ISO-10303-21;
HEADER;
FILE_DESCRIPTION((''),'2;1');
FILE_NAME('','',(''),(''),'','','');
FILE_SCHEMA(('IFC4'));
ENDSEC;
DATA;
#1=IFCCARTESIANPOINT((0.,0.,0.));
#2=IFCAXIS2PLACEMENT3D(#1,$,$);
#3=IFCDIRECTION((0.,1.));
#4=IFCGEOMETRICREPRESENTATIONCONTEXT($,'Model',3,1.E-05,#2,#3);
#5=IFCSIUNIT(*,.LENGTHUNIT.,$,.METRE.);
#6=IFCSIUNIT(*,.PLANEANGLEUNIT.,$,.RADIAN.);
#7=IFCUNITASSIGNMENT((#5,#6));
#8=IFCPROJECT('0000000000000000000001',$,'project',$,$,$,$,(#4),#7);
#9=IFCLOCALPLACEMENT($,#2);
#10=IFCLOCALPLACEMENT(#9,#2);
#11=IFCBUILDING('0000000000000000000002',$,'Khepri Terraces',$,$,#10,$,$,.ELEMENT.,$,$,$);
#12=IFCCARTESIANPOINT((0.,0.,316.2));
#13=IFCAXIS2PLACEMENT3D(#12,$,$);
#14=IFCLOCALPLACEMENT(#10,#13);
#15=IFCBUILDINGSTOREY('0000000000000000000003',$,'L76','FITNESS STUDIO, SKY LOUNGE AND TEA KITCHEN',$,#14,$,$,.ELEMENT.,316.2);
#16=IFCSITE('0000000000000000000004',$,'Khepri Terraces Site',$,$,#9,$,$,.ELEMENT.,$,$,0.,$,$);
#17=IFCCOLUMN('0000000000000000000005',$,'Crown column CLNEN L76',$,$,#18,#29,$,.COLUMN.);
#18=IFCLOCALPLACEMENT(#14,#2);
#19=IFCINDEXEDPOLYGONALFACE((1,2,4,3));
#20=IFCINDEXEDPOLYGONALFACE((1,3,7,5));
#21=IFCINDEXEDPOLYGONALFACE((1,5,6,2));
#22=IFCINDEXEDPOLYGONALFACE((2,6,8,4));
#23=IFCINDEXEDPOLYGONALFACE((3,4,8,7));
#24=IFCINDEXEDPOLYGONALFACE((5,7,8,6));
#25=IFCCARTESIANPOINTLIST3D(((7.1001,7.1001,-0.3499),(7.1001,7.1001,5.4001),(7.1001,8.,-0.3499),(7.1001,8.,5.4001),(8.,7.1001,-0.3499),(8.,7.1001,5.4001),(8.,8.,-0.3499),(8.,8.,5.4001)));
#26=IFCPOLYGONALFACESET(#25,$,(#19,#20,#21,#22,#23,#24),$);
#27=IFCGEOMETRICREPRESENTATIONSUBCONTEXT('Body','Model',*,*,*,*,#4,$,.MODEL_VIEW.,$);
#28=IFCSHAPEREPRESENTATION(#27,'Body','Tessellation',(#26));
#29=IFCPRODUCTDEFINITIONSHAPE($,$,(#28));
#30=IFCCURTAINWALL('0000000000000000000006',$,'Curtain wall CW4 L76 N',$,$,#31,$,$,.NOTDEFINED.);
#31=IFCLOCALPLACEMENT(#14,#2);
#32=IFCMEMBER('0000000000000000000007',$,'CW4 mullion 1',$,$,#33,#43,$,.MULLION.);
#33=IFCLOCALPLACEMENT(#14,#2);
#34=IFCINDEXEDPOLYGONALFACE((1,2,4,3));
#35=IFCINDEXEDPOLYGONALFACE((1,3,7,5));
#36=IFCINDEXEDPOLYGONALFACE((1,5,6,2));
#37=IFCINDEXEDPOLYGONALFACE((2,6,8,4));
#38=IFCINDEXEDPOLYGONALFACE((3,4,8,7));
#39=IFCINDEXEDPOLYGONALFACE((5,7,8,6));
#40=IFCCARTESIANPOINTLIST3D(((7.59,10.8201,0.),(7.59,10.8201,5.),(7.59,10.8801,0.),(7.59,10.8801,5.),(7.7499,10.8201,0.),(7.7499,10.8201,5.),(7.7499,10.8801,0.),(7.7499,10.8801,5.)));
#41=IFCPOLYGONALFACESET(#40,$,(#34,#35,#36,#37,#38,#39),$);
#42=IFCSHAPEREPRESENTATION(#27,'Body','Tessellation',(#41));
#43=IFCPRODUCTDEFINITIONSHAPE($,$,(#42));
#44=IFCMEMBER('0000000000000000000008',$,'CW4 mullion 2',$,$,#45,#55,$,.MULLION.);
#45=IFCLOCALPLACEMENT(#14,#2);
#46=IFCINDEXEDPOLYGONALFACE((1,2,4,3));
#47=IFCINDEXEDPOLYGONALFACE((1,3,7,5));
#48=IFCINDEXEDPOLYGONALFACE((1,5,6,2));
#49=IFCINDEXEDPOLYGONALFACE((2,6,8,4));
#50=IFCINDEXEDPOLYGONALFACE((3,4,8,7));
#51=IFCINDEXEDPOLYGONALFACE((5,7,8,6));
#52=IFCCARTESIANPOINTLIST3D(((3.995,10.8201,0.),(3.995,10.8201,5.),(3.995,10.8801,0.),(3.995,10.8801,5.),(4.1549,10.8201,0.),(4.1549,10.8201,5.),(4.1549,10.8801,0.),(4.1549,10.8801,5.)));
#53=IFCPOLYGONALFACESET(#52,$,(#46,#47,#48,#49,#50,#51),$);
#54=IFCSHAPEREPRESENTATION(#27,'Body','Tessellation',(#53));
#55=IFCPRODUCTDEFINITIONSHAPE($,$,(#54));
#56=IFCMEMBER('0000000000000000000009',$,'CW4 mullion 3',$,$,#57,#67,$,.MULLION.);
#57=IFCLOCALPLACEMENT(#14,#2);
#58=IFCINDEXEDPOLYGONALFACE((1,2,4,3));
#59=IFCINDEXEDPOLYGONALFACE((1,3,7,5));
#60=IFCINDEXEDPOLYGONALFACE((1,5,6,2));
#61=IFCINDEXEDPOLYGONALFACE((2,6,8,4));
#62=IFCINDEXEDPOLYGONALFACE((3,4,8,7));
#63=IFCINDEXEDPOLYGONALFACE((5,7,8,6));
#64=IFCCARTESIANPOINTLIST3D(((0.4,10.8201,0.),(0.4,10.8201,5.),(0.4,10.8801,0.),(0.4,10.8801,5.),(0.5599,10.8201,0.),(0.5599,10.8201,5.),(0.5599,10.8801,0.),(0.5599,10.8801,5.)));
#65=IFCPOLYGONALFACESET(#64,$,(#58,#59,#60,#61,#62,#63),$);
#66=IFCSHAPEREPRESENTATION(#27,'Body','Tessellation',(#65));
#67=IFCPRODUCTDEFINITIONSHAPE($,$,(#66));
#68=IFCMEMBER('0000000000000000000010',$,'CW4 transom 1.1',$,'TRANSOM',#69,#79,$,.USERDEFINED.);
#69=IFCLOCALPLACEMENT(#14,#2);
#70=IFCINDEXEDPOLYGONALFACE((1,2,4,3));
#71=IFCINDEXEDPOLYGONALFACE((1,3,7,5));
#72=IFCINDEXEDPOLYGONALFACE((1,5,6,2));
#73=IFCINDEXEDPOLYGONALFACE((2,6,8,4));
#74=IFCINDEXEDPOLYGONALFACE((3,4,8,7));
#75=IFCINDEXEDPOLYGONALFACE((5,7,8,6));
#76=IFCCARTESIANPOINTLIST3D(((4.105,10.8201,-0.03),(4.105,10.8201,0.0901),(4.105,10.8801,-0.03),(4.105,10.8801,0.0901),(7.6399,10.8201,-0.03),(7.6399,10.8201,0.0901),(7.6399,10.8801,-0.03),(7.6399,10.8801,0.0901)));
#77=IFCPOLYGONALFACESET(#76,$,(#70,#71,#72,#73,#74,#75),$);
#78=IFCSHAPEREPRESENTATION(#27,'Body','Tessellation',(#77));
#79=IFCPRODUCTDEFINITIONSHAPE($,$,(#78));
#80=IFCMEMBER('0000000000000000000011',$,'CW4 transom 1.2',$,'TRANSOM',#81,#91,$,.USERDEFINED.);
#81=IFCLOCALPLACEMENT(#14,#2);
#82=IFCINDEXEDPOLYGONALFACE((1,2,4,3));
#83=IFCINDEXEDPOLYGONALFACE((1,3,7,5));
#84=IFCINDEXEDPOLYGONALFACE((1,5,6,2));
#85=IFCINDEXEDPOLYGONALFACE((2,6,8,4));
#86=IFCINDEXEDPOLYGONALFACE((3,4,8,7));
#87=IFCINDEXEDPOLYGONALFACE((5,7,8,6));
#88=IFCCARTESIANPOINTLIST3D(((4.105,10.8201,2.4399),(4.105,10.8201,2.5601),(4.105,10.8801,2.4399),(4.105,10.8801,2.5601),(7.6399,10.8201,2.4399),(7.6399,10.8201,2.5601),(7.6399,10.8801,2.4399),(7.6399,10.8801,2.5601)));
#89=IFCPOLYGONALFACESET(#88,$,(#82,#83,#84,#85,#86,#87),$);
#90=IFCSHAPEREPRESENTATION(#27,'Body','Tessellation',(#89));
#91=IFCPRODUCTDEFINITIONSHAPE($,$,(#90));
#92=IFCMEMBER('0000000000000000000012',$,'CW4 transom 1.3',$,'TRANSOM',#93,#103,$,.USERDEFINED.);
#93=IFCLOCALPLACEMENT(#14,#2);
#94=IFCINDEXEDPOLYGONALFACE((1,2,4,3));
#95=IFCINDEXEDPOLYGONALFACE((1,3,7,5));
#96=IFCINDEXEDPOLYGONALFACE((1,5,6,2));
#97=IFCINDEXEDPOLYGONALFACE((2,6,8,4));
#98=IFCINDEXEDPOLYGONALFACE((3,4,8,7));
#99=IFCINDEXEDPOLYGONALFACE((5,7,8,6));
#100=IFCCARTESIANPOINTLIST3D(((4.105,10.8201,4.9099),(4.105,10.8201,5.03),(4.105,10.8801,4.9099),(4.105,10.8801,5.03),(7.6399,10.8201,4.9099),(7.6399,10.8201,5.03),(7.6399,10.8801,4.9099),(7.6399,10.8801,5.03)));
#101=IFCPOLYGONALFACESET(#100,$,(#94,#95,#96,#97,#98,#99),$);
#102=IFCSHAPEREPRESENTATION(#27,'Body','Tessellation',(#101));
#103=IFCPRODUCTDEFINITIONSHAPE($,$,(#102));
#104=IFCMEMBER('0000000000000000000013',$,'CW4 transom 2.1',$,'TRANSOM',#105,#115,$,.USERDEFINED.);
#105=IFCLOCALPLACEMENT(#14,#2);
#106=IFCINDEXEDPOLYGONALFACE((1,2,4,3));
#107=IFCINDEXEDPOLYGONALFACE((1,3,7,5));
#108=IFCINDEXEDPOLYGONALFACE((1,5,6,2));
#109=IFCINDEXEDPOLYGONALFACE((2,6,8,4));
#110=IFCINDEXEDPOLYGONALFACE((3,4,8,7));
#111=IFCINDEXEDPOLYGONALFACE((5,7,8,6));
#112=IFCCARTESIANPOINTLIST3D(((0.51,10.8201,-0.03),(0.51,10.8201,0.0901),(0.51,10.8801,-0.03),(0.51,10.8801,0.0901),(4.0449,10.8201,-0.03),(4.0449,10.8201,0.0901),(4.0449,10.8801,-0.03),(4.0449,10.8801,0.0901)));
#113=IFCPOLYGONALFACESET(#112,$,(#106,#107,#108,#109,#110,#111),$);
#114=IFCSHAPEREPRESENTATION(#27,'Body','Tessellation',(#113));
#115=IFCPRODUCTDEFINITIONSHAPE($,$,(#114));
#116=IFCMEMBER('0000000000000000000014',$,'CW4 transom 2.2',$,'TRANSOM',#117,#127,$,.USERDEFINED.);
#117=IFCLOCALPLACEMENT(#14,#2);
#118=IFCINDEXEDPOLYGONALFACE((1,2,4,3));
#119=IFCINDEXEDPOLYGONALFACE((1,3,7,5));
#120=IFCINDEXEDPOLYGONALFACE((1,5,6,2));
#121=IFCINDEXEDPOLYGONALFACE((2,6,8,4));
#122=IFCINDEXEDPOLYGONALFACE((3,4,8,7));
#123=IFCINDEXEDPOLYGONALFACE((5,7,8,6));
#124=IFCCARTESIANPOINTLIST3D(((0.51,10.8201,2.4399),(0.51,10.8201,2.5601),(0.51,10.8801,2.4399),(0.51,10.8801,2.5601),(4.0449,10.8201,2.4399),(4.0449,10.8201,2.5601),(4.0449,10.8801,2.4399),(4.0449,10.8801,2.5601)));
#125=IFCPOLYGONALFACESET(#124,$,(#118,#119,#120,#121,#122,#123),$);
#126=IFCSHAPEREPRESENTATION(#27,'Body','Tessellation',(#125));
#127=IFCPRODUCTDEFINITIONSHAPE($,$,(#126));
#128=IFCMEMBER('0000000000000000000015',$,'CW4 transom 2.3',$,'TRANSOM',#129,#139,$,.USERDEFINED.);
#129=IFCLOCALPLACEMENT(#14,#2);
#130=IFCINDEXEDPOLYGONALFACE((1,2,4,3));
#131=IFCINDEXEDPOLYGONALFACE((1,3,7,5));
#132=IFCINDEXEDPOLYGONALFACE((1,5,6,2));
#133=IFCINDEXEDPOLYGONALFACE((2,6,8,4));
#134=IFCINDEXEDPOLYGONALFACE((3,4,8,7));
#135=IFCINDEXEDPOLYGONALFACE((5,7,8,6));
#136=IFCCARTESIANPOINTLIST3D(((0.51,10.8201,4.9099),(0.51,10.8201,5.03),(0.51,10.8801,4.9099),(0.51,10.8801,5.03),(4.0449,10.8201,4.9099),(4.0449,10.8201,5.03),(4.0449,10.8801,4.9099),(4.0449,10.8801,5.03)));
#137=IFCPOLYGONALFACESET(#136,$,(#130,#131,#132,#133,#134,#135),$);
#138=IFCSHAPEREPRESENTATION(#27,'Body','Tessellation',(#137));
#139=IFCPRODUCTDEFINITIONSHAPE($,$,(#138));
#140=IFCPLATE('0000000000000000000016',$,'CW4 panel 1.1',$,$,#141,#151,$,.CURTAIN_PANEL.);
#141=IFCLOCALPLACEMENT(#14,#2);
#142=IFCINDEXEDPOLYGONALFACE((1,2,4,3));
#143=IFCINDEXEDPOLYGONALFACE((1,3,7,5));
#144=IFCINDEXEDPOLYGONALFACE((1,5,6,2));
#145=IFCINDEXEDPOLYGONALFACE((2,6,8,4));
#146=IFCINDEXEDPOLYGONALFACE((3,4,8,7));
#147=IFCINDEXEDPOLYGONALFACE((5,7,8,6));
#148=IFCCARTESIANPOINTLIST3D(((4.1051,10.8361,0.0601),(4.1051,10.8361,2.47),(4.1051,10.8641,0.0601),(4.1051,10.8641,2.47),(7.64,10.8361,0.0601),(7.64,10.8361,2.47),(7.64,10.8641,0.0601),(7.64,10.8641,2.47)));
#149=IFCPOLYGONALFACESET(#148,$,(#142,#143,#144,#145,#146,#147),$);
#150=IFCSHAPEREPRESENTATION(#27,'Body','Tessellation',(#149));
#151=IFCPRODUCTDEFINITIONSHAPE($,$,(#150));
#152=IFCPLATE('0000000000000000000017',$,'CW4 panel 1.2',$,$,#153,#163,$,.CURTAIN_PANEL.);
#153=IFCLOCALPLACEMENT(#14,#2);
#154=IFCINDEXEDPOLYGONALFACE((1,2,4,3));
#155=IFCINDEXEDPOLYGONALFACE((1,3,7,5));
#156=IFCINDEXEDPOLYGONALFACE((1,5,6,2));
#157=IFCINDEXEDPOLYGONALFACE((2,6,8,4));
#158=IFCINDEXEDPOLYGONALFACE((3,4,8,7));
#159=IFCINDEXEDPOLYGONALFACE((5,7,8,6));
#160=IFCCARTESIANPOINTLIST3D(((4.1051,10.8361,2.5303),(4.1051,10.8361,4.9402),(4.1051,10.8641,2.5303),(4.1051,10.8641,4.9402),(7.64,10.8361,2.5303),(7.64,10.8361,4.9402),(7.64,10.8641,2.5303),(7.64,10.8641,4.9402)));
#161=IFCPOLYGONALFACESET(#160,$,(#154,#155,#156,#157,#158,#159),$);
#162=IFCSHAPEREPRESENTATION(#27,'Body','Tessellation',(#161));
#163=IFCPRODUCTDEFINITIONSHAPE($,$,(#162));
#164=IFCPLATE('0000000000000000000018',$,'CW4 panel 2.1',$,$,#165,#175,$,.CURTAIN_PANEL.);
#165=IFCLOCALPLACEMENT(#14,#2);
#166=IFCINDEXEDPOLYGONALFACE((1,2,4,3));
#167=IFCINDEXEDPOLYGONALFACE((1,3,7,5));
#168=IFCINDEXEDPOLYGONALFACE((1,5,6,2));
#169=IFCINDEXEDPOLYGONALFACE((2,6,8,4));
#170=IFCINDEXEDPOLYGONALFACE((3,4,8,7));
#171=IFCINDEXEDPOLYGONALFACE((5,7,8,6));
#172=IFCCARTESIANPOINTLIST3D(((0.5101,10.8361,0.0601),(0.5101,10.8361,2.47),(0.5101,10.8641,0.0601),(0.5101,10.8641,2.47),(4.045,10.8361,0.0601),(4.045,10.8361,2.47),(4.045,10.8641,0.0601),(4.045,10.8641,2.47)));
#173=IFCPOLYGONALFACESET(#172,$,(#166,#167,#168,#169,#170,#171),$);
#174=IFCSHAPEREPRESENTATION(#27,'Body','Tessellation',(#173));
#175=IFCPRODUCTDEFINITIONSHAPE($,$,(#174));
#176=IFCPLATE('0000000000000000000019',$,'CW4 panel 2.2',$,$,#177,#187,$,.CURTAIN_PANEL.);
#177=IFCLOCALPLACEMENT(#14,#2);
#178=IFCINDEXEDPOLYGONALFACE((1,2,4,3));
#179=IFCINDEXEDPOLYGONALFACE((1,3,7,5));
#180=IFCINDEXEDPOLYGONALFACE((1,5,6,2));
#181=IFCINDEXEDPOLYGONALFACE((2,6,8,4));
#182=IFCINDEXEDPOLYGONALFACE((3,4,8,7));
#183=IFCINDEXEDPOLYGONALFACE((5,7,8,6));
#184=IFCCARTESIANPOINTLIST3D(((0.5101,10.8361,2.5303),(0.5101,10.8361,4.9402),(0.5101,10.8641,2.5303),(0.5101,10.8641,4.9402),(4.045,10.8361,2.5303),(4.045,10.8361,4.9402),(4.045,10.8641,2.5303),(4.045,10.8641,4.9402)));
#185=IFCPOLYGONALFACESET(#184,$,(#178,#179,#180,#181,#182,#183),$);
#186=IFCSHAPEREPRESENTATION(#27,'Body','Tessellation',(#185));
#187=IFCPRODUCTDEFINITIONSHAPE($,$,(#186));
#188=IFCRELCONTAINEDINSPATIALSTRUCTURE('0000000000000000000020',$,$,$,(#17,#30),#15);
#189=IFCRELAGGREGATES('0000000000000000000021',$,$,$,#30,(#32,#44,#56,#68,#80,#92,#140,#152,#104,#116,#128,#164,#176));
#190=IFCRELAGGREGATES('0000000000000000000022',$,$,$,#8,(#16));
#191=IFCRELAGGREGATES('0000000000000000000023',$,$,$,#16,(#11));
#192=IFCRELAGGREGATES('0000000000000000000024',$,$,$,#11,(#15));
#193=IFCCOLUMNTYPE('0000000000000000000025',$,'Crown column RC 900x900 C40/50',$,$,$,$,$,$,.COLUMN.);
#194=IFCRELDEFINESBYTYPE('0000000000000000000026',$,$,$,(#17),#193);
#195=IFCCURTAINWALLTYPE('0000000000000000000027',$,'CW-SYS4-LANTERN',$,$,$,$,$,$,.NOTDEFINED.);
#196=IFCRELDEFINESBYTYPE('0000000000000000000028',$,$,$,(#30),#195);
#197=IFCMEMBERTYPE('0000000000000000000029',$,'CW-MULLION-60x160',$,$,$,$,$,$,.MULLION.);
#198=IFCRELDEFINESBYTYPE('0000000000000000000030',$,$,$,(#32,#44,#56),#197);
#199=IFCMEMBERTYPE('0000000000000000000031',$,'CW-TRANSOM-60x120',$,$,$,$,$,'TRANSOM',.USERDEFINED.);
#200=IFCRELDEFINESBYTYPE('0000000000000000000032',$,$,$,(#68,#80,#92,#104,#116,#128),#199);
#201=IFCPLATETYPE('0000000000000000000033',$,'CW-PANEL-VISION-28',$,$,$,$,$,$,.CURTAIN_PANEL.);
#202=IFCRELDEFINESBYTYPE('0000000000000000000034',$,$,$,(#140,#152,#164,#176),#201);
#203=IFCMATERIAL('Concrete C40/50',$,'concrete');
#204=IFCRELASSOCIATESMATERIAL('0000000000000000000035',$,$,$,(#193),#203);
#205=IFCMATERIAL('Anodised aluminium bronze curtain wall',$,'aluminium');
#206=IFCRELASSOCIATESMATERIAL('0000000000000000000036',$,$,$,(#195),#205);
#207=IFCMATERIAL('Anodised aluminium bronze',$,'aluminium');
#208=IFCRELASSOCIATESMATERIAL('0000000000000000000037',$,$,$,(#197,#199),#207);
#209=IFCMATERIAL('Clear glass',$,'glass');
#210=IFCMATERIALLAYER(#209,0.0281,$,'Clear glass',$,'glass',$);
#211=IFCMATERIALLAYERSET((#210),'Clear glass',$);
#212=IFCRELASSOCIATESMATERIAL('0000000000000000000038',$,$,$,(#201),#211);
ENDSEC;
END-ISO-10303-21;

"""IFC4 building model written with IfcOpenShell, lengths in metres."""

from ifc_helpers import new_model, si_unit, direction, frame, origin, origin_2d, place, context, subcontext, project, spatial, rectangle, extrude, material, layer, layer_set, material_profile, profile_set, type_object, element, aggregate, save


model = new_model("IFC4")

# Units and contexts
model_context = context("Model", 3, precision=1e-05, world=origin(), true_north=direction((0.0, 1.0)))
body_context = subcontext(model_context, "Body", "Model", "MODEL_VIEW")
ifc_project = project(units=[si_unit("LENGTHUNIT", "METRE"), si_unit("PLANEANGLEUNIT", "RADIAN")], contexts=[model_context])

# Site, building, storey
site_placement = place(None, origin())
site = spatial("IfcSite", under=ifc_project, at=site_placement, Name="Khepri Terraces Site", CompositionType="ELEMENT", RefElevation=0.0)
building_placement = place(site_placement, origin())
building = spatial("IfcBuilding", under=site, at=building_placement, Name="Khepri Terraces", CompositionType="ELEMENT")
storey_placement = place(building_placement, frame((0.0, 0.0, 316.2)))
storey = spatial("IfcBuildingStorey", under=building, at=storey_placement, Name="L76", Description="FITNESS STUDIO, SKY LOUNGE AND TEA KITCHEN", CompositionType="ELEMENT", Elevation=316.2)

# Column
ifc_material_1 = material(Name="Concrete C40/50", Category="concrete")
ifc_material_profile_1 = material_profile(ifc_material_1, rectangle(XDim=0.8999, YDim=0.8999, at=origin_2d()), Name="Concrete C40/50", Category="concrete")
ifc_profile_set_1 = profile_set([ifc_material_profile_1], Name="Concrete C40/50")
column_type = type_object("IfcColumnType", Name="Crown column RC 900x900 C40/50", PredefinedType="COLUMN", material=ifc_profile_set_1)
column_placement = place(storey_placement, frame((7.55, 7.55, -0.3499), z_axis=(0.0, 0.0, 1.0), x_axis=(1.0, 0.0, 0.0)))
element("IfcColumn", 1, at=column_placement, inside=storey, type_object=column_type, Name="Crown column CLNEN L76", PredefinedType="COLUMN", context=body_context, shape_type="SweptSolid", body=[
    extrude(rectangle(XDim=0.8999, YDim=0.8999, at=origin_2d()), origin(), (0.0, 0.0, 1.0), 5.75),
])

# Curtain wall, members, plates
ifc_material_2 = material(Name="Anodised aluminium bronze curtain wall", Category="aluminium")
curtain_wall_type = type_object("IfcCurtainWallType", Name="CW-SYS4-LANTERN", PredefinedType="NOTDEFINED", material=ifc_material_2)
curtain_wall_placement = place(storey_placement, origin())
curtain_wall = element("IfcCurtainWall", 2, at=curtain_wall_placement, inside=storey, type_object=curtain_wall_type, Name="Curtain wall CW4 L76 N", PredefinedType="NOTDEFINED")
ifc_material_3 = material(Name="Anodised aluminium bronze", Category="aluminium")
ifc_material_profile_2 = material_profile(ifc_material_3, rectangle(XDim=0.0601, YDim=0.1599, at=origin_2d()), Name="Anodised aluminium bronze", Category="aluminium")
ifc_profile_set_2 = profile_set([ifc_material_profile_2], Name="Anodised aluminium bronze")
member_type_1 = type_object("IfcMemberType", Name="CW-MULLION-60x160", PredefinedType="MULLION", material=ifc_profile_set_2)
member_1_placement = place(storey_placement, frame((7.6699, 10.8501, 0.0), z_axis=(0.0, 0.0, 1.0), x_axis=(0.0, -1.0, 0.0)))
member_1 = element("IfcMember", 3, at=member_1_placement, type_object=member_type_1, Name="CW4 mullion 1", PredefinedType="MULLION", context=body_context, shape_type="SweptSolid", body=[
    extrude(rectangle(XDim=0.0601, YDim=0.1599, at=origin_2d()), origin(), (0.0, 0.0, 1.0), 5.0),
])
member_2_placement = place(storey_placement, frame((4.075, 10.8501, 0.0), z_axis=(0.0, 0.0, 1.0), x_axis=(0.0, -1.0, 0.0)))
member_2 = element("IfcMember", 4, at=member_2_placement, type_object=member_type_1, Name="CW4 mullion 2", PredefinedType="MULLION", context=body_context, shape_type="SweptSolid", body=[
    extrude(rectangle(XDim=0.0601, YDim=0.1599, at=origin_2d()), origin(), (0.0, 0.0, 1.0), 5.0),
])
member_3_placement = place(storey_placement, frame((0.48, 10.8501, 0.0), z_axis=(0.0, 0.0, 1.0), x_axis=(0.0, -1.0, 0.0)))
member_3 = element("IfcMember", 5, at=member_3_placement, type_object=member_type_1, Name="CW4 mullion 3", PredefinedType="MULLION", context=body_context, shape_type="SweptSolid", body=[
    extrude(rectangle(XDim=0.0601, YDim=0.1599, at=origin_2d()), origin(), (0.0, 0.0, 1.0), 5.0),
])
ifc_material_profile_3 = material_profile(ifc_material_3, rectangle(XDim=0.0601, YDim=0.1201, at=origin_2d()), Name="Anodised aluminium bronze", Category="aluminium")
ifc_profile_set_3 = profile_set([ifc_material_profile_3], Name="Anodised aluminium bronze")
member_type_2 = type_object("IfcMemberType", Name="CW-TRANSOM-60x120", ElementType="TRANSOM", PredefinedType="USERDEFINED", material=ifc_profile_set_3)
member_4_placement = place(storey_placement, frame((7.6399, 10.8501, 0.03), z_axis=(-1.0, 0.0, 0.0), x_axis=(0.0, -1.0, 0.0)))
member_4 = element("IfcMember", 6, at=member_4_placement, type_object=member_type_2, Name="CW4 transom 1.1", ObjectType="TRANSOM", PredefinedType="USERDEFINED", context=body_context, shape_type="SweptSolid", body=[
    extrude(rectangle(XDim=0.0601, YDim=0.1201, at=origin_2d()), origin(), (0.0, 0.0, 1.0), 3.5349),
])
member_5_placement = place(storey_placement, frame((7.6399, 10.8501, 2.5), z_axis=(-1.0, 0.0, 0.0), x_axis=(0.0, -1.0, 0.0)))
member_5 = element("IfcMember", 7, at=member_5_placement, type_object=member_type_2, Name="CW4 transom 1.2", ObjectType="TRANSOM", PredefinedType="USERDEFINED", context=body_context, shape_type="SweptSolid", body=[
    extrude(rectangle(XDim=0.0601, YDim=0.1201, at=origin_2d()), origin(), (0.0, 0.0, 1.0), 3.5349),
])
member_6_placement = place(storey_placement, frame((7.6399, 10.8501, 4.97), z_axis=(-1.0, 0.0, 0.0), x_axis=(0.0, -1.0, 0.0)))
member_6 = element("IfcMember", 8, at=member_6_placement, type_object=member_type_2, Name="CW4 transom 1.3", ObjectType="TRANSOM", PredefinedType="USERDEFINED", context=body_context, shape_type="SweptSolid", body=[
    extrude(rectangle(XDim=0.0601, YDim=0.1201, at=origin_2d()), origin(), (0.0, 0.0, 1.0), 3.5349),
])
member_7_placement = place(storey_placement, frame((4.0449, 10.8501, 0.03), z_axis=(-1.0, 0.0, 0.0), x_axis=(0.0, -1.0, 0.0)))
member_7 = element("IfcMember", 9, at=member_7_placement, type_object=member_type_2, Name="CW4 transom 2.1", ObjectType="TRANSOM", PredefinedType="USERDEFINED", context=body_context, shape_type="SweptSolid", body=[
    extrude(rectangle(XDim=0.0601, YDim=0.1201, at=origin_2d()), origin(), (0.0, 0.0, 1.0), 3.5349),
])
member_8_placement = place(storey_placement, frame((4.0449, 10.8501, 2.5), z_axis=(-1.0, 0.0, 0.0), x_axis=(0.0, -1.0, 0.0)))
member_8 = element("IfcMember", 10, at=member_8_placement, type_object=member_type_2, Name="CW4 transom 2.2", ObjectType="TRANSOM", PredefinedType="USERDEFINED", context=body_context, shape_type="SweptSolid", body=[
    extrude(rectangle(XDim=0.0601, YDim=0.1201, at=origin_2d()), origin(), (0.0, 0.0, 1.0), 3.5349),
])
member_9_placement = place(storey_placement, frame((4.0449, 10.8501, 4.97), z_axis=(-1.0, 0.0, 0.0), x_axis=(0.0, -1.0, 0.0)))
member_9 = element("IfcMember", 11, at=member_9_placement, type_object=member_type_2, Name="CW4 transom 2.3", ObjectType="TRANSOM", PredefinedType="USERDEFINED", context=body_context, shape_type="SweptSolid", body=[
    extrude(rectangle(XDim=0.0601, YDim=0.1201, at=origin_2d()), origin(), (0.0, 0.0, 1.0), 3.5349),
])
ifc_material_4 = material(Name="Clear glass", Category="glass")
ifc_layer_1 = layer(ifc_material_4, 0.0281, Name="Clear glass", Category="glass")
ifc_layer_set_1 = layer_set([ifc_layer_1], Name="Clear glass")
plate_type = type_object("IfcPlateType", Name="CW-PANEL-VISION-28", PredefinedType="CURTAIN_PANEL", material=ifc_layer_set_1)
plate_1_placement = place(storey_placement, frame((5.8726, 10.8501, 0.0601), z_axis=(0.0, 0.0, 1.0), x_axis=(-1.0, 0.0, 0.0)))
plate_1 = element("IfcPlate", 12, at=plate_1_placement, type_object=plate_type, Name="CW4 panel 1.1", PredefinedType="CURTAIN_PANEL", context=body_context, shape_type="SweptSolid", body=[
    extrude(rectangle(XDim=3.5349, YDim=0.0281, at=origin_2d()), origin(), (0.0, 0.0, 1.0), 2.4099),
])
plate_2_placement = place(storey_placement, frame((5.8726, 10.8501, 2.5303), z_axis=(0.0, 0.0, 1.0), x_axis=(-1.0, 0.0, 0.0)))
plate_2 = element("IfcPlate", 13, at=plate_2_placement, type_object=plate_type, Name="CW4 panel 1.2", PredefinedType="CURTAIN_PANEL", context=body_context, shape_type="SweptSolid", body=[
    extrude(rectangle(XDim=3.5349, YDim=0.0281, at=origin_2d()), origin(), (0.0, 0.0, 1.0), 2.4099),
])
plate_3_placement = place(storey_placement, frame((2.2776, 10.8501, 0.0601), z_axis=(0.0, 0.0, 1.0), x_axis=(-1.0, 0.0, 0.0)))
plate_3 = element("IfcPlate", 14, at=plate_3_placement, type_object=plate_type, Name="CW4 panel 2.1", PredefinedType="CURTAIN_PANEL", context=body_context, shape_type="SweptSolid", body=[
    extrude(rectangle(XDim=3.5349, YDim=0.0281, at=origin_2d()), origin(), (0.0, 0.0, 1.0), 2.4099),
])
plate_4_placement = place(storey_placement, frame((2.2776, 10.8501, 2.5303), z_axis=(0.0, 0.0, 1.0), x_axis=(-1.0, 0.0, 0.0)))
plate_4 = element("IfcPlate", 15, at=plate_4_placement, type_object=plate_type, Name="CW4 panel 2.2", PredefinedType="CURTAIN_PANEL", context=body_context, shape_type="SweptSolid", body=[
    extrude(rectangle(XDim=3.5349, YDim=0.0281, at=origin_2d()), origin(), (0.0, 0.0, 1.0), 2.4099),
])
aggregate(curtain_wall, [member_1, member_2, member_3, member_4, member_5, member_6, plate_1, plate_2, member_7, member_8, member_9, plate_3, plate_4])

save(model, "model.ifc")
